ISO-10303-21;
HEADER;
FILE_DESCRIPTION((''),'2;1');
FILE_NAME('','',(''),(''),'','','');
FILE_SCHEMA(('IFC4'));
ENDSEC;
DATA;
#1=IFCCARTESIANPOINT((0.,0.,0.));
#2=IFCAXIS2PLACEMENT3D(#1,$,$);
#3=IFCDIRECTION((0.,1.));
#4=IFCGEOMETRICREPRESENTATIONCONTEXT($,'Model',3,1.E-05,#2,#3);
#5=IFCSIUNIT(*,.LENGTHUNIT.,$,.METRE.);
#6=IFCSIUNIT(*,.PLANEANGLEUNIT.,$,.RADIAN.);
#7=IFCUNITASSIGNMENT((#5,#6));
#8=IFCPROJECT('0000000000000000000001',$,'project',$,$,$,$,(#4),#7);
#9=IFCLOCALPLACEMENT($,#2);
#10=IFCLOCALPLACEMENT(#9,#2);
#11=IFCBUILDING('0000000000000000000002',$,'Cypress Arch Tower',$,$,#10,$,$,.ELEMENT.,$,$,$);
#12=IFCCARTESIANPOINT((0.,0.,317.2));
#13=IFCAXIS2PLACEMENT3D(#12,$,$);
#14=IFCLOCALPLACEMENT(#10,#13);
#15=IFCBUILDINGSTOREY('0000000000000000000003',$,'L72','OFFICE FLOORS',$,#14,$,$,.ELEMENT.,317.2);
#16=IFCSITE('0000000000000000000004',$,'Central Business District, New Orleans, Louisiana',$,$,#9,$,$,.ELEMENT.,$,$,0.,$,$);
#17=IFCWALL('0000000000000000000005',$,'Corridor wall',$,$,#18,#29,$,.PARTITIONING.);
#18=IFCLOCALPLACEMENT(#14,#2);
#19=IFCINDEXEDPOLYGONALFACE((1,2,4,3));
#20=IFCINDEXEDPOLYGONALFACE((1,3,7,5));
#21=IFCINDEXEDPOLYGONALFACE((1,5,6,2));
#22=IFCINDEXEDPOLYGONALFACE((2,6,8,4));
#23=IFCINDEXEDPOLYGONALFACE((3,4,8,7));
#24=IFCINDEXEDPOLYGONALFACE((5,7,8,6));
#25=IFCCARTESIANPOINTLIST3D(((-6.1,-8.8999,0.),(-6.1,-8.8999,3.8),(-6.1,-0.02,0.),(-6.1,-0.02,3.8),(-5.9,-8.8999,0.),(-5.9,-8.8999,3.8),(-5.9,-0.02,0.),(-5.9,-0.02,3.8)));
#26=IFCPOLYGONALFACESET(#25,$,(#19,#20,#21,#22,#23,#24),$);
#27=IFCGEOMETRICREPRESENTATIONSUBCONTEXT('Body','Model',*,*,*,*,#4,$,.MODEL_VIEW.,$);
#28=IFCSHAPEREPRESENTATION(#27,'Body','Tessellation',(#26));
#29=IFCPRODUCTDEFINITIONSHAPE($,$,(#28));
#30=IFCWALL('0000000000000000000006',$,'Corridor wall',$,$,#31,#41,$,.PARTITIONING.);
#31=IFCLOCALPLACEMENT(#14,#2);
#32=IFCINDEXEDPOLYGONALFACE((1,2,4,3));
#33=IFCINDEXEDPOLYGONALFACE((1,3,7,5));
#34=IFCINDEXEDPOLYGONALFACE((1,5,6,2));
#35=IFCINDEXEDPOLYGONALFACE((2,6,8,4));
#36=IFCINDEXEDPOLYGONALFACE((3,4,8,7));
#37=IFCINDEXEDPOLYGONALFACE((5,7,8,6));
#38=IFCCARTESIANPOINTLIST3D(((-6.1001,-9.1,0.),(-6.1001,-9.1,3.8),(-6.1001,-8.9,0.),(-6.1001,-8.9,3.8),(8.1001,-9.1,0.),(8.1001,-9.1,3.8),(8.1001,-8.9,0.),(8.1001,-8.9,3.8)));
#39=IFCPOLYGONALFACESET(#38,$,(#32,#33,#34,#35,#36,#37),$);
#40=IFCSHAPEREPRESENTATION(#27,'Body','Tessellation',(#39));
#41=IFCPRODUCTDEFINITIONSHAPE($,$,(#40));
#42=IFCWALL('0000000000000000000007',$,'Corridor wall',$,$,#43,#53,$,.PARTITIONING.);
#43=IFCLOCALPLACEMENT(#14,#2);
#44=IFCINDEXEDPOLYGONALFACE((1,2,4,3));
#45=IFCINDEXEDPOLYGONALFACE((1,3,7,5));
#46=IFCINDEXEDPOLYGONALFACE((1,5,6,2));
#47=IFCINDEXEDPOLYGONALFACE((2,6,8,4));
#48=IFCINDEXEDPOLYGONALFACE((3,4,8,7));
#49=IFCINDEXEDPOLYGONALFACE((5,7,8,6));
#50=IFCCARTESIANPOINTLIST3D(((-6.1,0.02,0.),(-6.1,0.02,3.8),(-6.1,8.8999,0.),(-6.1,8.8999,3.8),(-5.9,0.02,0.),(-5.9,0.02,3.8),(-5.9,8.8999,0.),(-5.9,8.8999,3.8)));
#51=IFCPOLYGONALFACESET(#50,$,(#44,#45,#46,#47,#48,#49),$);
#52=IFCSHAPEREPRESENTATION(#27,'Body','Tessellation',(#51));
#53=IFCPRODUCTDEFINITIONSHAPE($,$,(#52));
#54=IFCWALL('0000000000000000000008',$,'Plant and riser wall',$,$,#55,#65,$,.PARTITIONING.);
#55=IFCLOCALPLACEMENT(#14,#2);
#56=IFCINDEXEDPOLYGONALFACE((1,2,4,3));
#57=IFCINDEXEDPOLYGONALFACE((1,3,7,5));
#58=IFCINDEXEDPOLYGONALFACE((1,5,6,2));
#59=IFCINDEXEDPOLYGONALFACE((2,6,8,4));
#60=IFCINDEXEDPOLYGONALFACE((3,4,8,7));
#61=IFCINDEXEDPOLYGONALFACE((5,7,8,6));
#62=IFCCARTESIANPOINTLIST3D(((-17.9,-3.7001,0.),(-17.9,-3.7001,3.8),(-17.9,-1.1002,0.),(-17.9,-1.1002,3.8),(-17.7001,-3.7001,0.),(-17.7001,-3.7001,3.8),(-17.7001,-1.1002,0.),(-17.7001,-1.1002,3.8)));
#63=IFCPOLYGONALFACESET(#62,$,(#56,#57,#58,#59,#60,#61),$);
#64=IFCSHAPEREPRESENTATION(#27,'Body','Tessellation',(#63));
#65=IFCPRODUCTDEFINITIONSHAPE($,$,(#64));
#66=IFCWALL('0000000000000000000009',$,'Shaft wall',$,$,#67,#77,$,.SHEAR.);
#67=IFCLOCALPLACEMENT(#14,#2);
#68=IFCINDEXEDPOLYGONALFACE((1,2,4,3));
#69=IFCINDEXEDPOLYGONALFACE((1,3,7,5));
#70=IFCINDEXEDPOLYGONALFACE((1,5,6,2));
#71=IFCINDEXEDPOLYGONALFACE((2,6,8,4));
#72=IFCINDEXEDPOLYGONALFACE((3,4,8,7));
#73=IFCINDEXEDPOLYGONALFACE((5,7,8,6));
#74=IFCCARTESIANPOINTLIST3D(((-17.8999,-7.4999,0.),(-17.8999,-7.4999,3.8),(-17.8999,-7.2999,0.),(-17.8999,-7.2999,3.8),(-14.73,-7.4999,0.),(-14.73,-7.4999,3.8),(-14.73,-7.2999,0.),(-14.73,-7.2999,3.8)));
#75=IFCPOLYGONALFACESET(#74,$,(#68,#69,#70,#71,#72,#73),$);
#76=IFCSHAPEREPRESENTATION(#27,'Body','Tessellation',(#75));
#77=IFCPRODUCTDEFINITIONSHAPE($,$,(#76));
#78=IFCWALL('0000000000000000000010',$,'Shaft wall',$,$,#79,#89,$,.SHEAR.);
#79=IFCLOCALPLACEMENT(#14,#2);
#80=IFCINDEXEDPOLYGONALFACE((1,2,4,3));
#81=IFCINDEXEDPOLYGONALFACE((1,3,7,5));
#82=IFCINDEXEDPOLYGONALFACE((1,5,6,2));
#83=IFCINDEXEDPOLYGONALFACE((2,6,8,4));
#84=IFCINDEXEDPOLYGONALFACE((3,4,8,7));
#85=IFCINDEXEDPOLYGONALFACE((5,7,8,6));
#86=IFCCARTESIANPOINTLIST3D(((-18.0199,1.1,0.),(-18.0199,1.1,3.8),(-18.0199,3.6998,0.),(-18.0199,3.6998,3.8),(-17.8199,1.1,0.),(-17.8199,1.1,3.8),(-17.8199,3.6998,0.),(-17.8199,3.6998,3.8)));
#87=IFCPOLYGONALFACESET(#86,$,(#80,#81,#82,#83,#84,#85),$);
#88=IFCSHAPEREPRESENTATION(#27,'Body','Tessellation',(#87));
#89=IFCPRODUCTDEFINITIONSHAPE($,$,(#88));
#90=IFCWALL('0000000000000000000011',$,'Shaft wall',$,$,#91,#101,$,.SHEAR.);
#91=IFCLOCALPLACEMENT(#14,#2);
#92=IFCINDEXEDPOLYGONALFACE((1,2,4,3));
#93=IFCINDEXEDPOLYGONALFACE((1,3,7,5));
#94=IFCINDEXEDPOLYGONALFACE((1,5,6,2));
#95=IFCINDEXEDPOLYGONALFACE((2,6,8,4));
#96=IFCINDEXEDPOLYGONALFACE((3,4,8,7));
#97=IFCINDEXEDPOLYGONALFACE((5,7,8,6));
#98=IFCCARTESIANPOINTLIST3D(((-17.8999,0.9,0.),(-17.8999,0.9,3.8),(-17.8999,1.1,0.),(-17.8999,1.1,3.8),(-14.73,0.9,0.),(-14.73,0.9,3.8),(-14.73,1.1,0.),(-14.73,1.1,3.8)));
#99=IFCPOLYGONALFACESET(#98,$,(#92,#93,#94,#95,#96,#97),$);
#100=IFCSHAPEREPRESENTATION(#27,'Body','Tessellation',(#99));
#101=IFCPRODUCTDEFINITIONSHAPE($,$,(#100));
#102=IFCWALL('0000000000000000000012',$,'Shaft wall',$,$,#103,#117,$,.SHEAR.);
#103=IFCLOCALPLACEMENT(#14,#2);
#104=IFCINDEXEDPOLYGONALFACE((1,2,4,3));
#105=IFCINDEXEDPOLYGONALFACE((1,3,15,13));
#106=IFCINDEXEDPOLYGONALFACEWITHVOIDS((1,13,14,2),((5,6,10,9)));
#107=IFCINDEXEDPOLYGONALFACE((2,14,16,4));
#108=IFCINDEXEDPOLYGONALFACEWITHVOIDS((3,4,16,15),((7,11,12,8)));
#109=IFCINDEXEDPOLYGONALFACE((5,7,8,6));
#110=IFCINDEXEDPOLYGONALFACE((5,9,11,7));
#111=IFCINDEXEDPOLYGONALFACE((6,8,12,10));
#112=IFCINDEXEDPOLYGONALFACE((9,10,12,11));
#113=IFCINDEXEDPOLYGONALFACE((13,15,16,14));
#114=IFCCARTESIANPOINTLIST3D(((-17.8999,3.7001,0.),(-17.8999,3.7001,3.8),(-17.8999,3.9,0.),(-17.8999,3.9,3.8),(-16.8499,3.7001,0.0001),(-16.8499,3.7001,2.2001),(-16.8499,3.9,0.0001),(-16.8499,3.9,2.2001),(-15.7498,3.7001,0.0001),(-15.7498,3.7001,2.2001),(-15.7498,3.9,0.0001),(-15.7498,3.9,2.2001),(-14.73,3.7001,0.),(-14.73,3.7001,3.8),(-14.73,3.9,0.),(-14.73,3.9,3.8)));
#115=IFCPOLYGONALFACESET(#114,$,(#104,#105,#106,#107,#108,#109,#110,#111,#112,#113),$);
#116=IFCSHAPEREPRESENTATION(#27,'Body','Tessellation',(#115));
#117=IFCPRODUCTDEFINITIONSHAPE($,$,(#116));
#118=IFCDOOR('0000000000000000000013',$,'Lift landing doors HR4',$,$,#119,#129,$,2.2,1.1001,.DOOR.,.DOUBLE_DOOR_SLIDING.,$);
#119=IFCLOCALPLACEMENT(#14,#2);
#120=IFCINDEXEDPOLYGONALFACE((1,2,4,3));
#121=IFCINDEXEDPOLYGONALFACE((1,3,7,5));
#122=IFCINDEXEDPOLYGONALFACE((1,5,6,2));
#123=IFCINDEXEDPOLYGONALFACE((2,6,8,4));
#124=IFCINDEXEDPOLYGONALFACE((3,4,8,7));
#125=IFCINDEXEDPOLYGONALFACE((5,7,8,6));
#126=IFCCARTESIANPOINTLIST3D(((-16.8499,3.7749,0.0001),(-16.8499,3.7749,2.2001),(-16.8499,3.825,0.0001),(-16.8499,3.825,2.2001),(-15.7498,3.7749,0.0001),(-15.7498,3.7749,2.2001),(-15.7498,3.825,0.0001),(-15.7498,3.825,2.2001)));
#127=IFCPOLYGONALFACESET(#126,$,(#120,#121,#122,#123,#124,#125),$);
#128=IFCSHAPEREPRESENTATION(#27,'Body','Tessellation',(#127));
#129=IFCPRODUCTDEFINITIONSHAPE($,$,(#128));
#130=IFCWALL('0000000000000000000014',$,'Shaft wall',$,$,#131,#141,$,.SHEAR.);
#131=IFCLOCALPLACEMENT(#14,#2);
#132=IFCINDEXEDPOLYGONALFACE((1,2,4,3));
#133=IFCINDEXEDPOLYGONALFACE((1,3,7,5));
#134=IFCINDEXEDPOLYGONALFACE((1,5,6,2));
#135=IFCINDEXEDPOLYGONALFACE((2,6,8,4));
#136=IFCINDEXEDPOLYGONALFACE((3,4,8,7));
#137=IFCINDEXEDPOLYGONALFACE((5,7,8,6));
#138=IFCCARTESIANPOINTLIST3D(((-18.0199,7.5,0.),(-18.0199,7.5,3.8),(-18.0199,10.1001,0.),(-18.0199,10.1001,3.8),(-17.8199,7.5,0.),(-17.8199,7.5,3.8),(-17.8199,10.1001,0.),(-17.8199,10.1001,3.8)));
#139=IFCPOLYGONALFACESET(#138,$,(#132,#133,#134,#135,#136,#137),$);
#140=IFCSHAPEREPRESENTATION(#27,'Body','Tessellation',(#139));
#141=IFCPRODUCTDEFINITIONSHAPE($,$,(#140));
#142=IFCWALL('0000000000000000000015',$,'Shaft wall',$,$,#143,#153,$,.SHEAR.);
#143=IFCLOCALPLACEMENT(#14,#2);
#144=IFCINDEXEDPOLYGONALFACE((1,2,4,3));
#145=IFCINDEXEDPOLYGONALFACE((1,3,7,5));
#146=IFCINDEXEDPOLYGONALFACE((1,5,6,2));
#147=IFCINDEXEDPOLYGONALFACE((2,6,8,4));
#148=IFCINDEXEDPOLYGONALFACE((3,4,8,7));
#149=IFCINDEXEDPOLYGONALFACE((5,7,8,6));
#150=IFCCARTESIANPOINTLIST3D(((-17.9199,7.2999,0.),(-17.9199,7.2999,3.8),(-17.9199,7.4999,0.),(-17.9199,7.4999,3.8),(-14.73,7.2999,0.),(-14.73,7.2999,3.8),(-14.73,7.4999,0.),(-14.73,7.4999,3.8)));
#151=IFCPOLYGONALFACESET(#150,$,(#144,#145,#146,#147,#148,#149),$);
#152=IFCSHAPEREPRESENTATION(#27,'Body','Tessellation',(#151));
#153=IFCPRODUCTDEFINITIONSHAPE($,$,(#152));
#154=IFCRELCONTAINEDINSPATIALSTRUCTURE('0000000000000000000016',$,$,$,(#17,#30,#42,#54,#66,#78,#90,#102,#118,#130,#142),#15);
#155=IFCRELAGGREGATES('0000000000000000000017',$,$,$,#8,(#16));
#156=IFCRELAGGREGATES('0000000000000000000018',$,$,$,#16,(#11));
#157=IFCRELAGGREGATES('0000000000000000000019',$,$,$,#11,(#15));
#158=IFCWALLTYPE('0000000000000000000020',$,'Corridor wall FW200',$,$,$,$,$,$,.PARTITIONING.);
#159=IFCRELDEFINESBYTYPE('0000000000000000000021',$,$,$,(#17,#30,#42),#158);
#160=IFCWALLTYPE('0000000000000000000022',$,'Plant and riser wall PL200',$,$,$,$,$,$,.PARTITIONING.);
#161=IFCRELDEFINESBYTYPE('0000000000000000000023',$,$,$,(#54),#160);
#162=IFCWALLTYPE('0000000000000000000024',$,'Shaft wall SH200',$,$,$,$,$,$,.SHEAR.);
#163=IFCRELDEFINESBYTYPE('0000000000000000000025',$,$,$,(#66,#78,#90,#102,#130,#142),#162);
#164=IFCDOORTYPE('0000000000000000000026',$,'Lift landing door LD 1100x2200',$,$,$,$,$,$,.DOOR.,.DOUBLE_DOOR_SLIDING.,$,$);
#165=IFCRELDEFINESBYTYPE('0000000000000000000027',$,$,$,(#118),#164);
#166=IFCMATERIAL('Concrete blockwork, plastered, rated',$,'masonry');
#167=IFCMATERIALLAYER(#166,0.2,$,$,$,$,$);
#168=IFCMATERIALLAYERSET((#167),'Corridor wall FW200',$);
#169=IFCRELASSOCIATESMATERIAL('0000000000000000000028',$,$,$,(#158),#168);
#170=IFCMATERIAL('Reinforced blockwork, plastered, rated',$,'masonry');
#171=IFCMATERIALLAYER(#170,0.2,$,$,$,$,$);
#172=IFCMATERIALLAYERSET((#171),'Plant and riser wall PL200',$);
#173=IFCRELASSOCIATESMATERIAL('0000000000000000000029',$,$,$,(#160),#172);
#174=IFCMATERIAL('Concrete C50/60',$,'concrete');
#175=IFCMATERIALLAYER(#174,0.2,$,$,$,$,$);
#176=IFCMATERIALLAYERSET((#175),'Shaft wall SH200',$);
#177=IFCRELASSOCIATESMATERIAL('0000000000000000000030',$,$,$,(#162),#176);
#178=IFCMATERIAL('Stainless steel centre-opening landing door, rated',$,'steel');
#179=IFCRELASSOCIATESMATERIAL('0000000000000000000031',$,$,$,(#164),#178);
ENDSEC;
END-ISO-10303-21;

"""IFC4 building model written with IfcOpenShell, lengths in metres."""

from ifc_helpers import new_model, si_unit, direction, frame, frame_2d, origin, place, context, subcontext, project, spatial, rectangle, extrude, material, layer, layer_set, type_object, element, fill, save


model = new_model("IFC4")

# Units and contexts
model_context = context("Model", 3, precision=1e-05, world=origin(), true_north=direction((0.0, 1.0)))
body_context = subcontext(model_context, "Body", "Model", "MODEL_VIEW")
ifc_project = project(units=[si_unit("LENGTHUNIT", "METRE"), si_unit("PLANEANGLEUNIT", "RADIAN")], contexts=[model_context])

# Site, building, storey
site_placement = place(None, origin())
site = spatial("IfcSite", under=ifc_project, at=site_placement, Name="Central Business District, New Orleans, Louisiana", CompositionType="ELEMENT", RefElevation=0.0)
building_placement = place(site_placement, origin())
building = spatial("IfcBuilding", under=site, at=building_placement, Name="Cypress Arch Tower", CompositionType="ELEMENT")
storey_placement = place(building_placement, frame((0.0, 0.0, 317.2)))
storey = spatial("IfcBuildingStorey", under=building, at=storey_placement, Name="L72", Description="OFFICE FLOORS", CompositionType="ELEMENT", Elevation=317.2)

# Shared definitions
ifc_material_1 = material(Name="Concrete blockwork, plastered, rated", Category="masonry")
ifc_layer_1 = layer(ifc_material_1, 0.2)
ifc_layer_set_1 = layer_set([ifc_layer_1], Name="Corridor wall FW200")
wall_type_1 = type_object("IfcWallType", Name="Corridor wall FW200", PredefinedType="PARTITIONING", material=ifc_layer_set_1)

# Walls
wall_1_placement = place(storey_placement, frame((-6.0, -8.8999, 0.0), z_axis=(0.0, 0.0, 1.0), x_axis=(0.0, 1.0, 0.0)))
element("IfcWall", 1, at=wall_1_placement, inside=storey, type_object=wall_type_1, Name="Corridor wall", PredefinedType="PARTITIONING", context=body_context, shape_type="SweptSolid", body=[
    extrude(rectangle(XDim=8.8799, YDim=0.2, at=frame_2d((4.4399, 0.0))), origin(), (0.0, 0.0, 1.0), 3.8),
])
wall_2_placement = place(storey_placement, frame((-6.1001, -9.0, 0.0), z_axis=(0.0, 0.0, 1.0), x_axis=(1.0, 0.0, 0.0)))
element("IfcWall", 2, at=wall_2_placement, inside=storey, type_object=wall_type_1, Name="Corridor wall", PredefinedType="PARTITIONING", context=body_context, shape_type="SweptSolid", body=[
    extrude(rectangle(XDim=14.2002, YDim=0.2, at=frame_2d((7.1001, 0.0))), origin(), (0.0, 0.0, 1.0), 3.8),
])
wall_3_placement = place(storey_placement, frame((-6.0, 0.02, 0.0), z_axis=(0.0, 0.0, 1.0), x_axis=(0.0, 1.0, 0.0)))
element("IfcWall", 3, at=wall_3_placement, inside=storey, type_object=wall_type_1, Name="Corridor wall", PredefinedType="PARTITIONING", context=body_context, shape_type="SweptSolid", body=[
    extrude(rectangle(XDim=8.8799, YDim=0.2, at=frame_2d((4.4399, 0.0))), origin(), (0.0, 0.0, 1.0), 3.8),
])
ifc_material_2 = material(Name="Reinforced blockwork, plastered, rated", Category="masonry")
ifc_layer_2 = layer(ifc_material_2, 0.2)
ifc_layer_set_2 = layer_set([ifc_layer_2], Name="Plant and riser wall PL200")
wall_type_2 = type_object("IfcWallType", Name="Plant and riser wall PL200", PredefinedType="PARTITIONING", material=ifc_layer_set_2)
wall_4_placement = place(storey_placement, frame((-17.8, -3.7, 0.0), z_axis=(0.0, 0.0, 1.0), x_axis=(0.0, 1.0, 0.0)))
element("IfcWall", 4, at=wall_4_placement, inside=storey, type_object=wall_type_2, Name="Plant and riser wall", PredefinedType="PARTITIONING", context=body_context, shape_type="SweptSolid", body=[
    extrude(rectangle(XDim=2.5999, YDim=0.2, at=frame_2d((1.2998, 0.0))), origin(), (0.0, 0.0, 1.0), 3.8),
])
ifc_material_3 = material(Name="Concrete C50/60", Category="concrete")
ifc_layer_3 = layer(ifc_material_3, 0.2)
ifc_layer_set_3 = layer_set([ifc_layer_3], Name="Shaft wall SH200")
wall_type_3 = type_object("IfcWallType", Name="Shaft wall SH200", PredefinedType="SHEAR", material=ifc_layer_set_3)
wall_5_placement = place(storey_placement, frame((-17.8999, -7.3999, 0.0), z_axis=(0.0, 0.0, 1.0), x_axis=(1.0, 0.0, 0.0)))
element("IfcWall", 5, at=wall_5_placement, inside=storey, type_object=wall_type_3, Name="Shaft wall", PredefinedType="SHEAR", context=body_context, shape_type="SweptSolid", body=[
    extrude(rectangle(XDim=3.1699, YDim=0.2, at=frame_2d((1.585, 0.0))), origin(), (0.0, 0.0, 1.0), 3.8),
])
wall_6_placement = place(storey_placement, frame((-17.9199, 1.1001, 0.0), z_axis=(0.0, 0.0, 1.0), x_axis=(0.0, 1.0, 0.0)))
element("IfcWall", 6, at=wall_6_placement, inside=storey, type_object=wall_type_3, Name="Shaft wall", PredefinedType="SHEAR", context=body_context, shape_type="SweptSolid", body=[
    extrude(rectangle(XDim=2.5999, YDim=0.2, at=frame_2d((1.2998, 0.0))), origin(), (0.0, 0.0, 1.0), 3.8),
])
wall_7_placement = place(storey_placement, frame((-17.8999, 1.0, 0.0), z_axis=(0.0, 0.0, 1.0), x_axis=(1.0, 0.0, 0.0)))
element("IfcWall", 7, at=wall_7_placement, inside=storey, type_object=wall_type_3, Name="Shaft wall", PredefinedType="SHEAR", context=body_context, shape_type="SweptSolid", body=[
    extrude(rectangle(XDim=3.1699, YDim=0.2, at=frame_2d((1.585, 0.0))), origin(), (0.0, 0.0, 1.0), 3.8),
])

# Wall, opening, door
wall_8_placement = place(storey_placement, frame((-17.8999, 3.8, 0.0), z_axis=(0.0, 0.0, 1.0), x_axis=(1.0, 0.0, 0.0)))
wall_8 = element("IfcWall", 8, at=wall_8_placement, inside=storey, type_object=wall_type_3, Name="Shaft wall", PredefinedType="SHEAR", context=body_context, shape_type="SweptSolid", body=[
    extrude(rectangle(XDim=3.1699, YDim=0.2, at=frame_2d((1.585, 0.0))), origin(), (0.0, 0.0, 1.0), 3.8),
])
opening_1_placement = place(wall_8_placement, frame((1.05, 0.0, 0.0)))
opening_1 = element("IfcOpeningElement", 9, at=opening_1_placement, cuts=wall_8, PredefinedType="OPENING", context=body_context, shape_type="SweptSolid", body=[
    extrude(rectangle(XDim=1.1001, YDim=2.2, at=frame_2d((0.55, 1.1001))), frame((0.0, 0.1099, 0.0), z_axis=(0.0, -1.0, 0.0), x_axis=(1.0, 0.0, 0.0)), (0.0, 0.0, 1.0), 0.22),
])
ifc_material_4 = material(Name="Stainless steel centre-opening landing door, rated", Category="steel")
door_type_1 = type_object("IfcDoorType", Name="Lift landing door LD 1100x2200", OperationType="DOUBLE_DOOR_SLIDING", PredefinedType="DOOR", material=ifc_material_4)
door_1_placement = place(opening_1_placement, origin())
door_1 = element("IfcDoor", 10, at=door_1_placement, inside=storey, type_object=door_type_1, Name="Lift landing doors HR4", OperationType="DOUBLE_DOOR_SLIDING", OverallHeight=2.2, OverallWidth=1.1001, PredefinedType="DOOR", context=body_context, shape_type="SweptSolid", body=[
    extrude(rectangle(XDim=1.1001, YDim=2.2, at=frame_2d((0.55, 1.1001))), frame((0.0, 0.0249, 0.0), z_axis=(0.0, -1.0, 0.0), x_axis=(1.0, 0.0, 0.0)), (0.0, 0.0, 1.0), 0.05),
])
fill(opening_1, door_1)

# Walls
wall_9_placement = place(storey_placement, frame((-17.9199, 7.5, 0.0), z_axis=(0.0, 0.0, 1.0), x_axis=(0.0, 1.0, 0.0)))
element("IfcWall", 11, at=wall_9_placement, inside=storey, type_object=wall_type_3, Name="Shaft wall", PredefinedType="SHEAR", context=body_context, shape_type="SweptSolid", body=[
    extrude(rectangle(XDim=2.6001, YDim=0.2, at=frame_2d((1.3, 0.0))), origin(), (0.0, 0.0, 1.0), 3.8),
])
wall_10_placement = place(storey_placement, frame((-17.9199, 7.3999, 0.0), z_axis=(0.0, 0.0, 1.0), x_axis=(1.0, 0.0, 0.0)))
element("IfcWall", 12, at=wall_10_placement, inside=storey, type_object=wall_type_3, Name="Shaft wall", PredefinedType="SHEAR", context=body_context, shape_type="SweptSolid", body=[
    extrude(rectangle(XDim=3.1899, YDim=0.2, at=frame_2d((1.595, 0.0))), origin(), (0.0, 0.0, 1.0), 3.8),
])

save(model, "model.ifc")
